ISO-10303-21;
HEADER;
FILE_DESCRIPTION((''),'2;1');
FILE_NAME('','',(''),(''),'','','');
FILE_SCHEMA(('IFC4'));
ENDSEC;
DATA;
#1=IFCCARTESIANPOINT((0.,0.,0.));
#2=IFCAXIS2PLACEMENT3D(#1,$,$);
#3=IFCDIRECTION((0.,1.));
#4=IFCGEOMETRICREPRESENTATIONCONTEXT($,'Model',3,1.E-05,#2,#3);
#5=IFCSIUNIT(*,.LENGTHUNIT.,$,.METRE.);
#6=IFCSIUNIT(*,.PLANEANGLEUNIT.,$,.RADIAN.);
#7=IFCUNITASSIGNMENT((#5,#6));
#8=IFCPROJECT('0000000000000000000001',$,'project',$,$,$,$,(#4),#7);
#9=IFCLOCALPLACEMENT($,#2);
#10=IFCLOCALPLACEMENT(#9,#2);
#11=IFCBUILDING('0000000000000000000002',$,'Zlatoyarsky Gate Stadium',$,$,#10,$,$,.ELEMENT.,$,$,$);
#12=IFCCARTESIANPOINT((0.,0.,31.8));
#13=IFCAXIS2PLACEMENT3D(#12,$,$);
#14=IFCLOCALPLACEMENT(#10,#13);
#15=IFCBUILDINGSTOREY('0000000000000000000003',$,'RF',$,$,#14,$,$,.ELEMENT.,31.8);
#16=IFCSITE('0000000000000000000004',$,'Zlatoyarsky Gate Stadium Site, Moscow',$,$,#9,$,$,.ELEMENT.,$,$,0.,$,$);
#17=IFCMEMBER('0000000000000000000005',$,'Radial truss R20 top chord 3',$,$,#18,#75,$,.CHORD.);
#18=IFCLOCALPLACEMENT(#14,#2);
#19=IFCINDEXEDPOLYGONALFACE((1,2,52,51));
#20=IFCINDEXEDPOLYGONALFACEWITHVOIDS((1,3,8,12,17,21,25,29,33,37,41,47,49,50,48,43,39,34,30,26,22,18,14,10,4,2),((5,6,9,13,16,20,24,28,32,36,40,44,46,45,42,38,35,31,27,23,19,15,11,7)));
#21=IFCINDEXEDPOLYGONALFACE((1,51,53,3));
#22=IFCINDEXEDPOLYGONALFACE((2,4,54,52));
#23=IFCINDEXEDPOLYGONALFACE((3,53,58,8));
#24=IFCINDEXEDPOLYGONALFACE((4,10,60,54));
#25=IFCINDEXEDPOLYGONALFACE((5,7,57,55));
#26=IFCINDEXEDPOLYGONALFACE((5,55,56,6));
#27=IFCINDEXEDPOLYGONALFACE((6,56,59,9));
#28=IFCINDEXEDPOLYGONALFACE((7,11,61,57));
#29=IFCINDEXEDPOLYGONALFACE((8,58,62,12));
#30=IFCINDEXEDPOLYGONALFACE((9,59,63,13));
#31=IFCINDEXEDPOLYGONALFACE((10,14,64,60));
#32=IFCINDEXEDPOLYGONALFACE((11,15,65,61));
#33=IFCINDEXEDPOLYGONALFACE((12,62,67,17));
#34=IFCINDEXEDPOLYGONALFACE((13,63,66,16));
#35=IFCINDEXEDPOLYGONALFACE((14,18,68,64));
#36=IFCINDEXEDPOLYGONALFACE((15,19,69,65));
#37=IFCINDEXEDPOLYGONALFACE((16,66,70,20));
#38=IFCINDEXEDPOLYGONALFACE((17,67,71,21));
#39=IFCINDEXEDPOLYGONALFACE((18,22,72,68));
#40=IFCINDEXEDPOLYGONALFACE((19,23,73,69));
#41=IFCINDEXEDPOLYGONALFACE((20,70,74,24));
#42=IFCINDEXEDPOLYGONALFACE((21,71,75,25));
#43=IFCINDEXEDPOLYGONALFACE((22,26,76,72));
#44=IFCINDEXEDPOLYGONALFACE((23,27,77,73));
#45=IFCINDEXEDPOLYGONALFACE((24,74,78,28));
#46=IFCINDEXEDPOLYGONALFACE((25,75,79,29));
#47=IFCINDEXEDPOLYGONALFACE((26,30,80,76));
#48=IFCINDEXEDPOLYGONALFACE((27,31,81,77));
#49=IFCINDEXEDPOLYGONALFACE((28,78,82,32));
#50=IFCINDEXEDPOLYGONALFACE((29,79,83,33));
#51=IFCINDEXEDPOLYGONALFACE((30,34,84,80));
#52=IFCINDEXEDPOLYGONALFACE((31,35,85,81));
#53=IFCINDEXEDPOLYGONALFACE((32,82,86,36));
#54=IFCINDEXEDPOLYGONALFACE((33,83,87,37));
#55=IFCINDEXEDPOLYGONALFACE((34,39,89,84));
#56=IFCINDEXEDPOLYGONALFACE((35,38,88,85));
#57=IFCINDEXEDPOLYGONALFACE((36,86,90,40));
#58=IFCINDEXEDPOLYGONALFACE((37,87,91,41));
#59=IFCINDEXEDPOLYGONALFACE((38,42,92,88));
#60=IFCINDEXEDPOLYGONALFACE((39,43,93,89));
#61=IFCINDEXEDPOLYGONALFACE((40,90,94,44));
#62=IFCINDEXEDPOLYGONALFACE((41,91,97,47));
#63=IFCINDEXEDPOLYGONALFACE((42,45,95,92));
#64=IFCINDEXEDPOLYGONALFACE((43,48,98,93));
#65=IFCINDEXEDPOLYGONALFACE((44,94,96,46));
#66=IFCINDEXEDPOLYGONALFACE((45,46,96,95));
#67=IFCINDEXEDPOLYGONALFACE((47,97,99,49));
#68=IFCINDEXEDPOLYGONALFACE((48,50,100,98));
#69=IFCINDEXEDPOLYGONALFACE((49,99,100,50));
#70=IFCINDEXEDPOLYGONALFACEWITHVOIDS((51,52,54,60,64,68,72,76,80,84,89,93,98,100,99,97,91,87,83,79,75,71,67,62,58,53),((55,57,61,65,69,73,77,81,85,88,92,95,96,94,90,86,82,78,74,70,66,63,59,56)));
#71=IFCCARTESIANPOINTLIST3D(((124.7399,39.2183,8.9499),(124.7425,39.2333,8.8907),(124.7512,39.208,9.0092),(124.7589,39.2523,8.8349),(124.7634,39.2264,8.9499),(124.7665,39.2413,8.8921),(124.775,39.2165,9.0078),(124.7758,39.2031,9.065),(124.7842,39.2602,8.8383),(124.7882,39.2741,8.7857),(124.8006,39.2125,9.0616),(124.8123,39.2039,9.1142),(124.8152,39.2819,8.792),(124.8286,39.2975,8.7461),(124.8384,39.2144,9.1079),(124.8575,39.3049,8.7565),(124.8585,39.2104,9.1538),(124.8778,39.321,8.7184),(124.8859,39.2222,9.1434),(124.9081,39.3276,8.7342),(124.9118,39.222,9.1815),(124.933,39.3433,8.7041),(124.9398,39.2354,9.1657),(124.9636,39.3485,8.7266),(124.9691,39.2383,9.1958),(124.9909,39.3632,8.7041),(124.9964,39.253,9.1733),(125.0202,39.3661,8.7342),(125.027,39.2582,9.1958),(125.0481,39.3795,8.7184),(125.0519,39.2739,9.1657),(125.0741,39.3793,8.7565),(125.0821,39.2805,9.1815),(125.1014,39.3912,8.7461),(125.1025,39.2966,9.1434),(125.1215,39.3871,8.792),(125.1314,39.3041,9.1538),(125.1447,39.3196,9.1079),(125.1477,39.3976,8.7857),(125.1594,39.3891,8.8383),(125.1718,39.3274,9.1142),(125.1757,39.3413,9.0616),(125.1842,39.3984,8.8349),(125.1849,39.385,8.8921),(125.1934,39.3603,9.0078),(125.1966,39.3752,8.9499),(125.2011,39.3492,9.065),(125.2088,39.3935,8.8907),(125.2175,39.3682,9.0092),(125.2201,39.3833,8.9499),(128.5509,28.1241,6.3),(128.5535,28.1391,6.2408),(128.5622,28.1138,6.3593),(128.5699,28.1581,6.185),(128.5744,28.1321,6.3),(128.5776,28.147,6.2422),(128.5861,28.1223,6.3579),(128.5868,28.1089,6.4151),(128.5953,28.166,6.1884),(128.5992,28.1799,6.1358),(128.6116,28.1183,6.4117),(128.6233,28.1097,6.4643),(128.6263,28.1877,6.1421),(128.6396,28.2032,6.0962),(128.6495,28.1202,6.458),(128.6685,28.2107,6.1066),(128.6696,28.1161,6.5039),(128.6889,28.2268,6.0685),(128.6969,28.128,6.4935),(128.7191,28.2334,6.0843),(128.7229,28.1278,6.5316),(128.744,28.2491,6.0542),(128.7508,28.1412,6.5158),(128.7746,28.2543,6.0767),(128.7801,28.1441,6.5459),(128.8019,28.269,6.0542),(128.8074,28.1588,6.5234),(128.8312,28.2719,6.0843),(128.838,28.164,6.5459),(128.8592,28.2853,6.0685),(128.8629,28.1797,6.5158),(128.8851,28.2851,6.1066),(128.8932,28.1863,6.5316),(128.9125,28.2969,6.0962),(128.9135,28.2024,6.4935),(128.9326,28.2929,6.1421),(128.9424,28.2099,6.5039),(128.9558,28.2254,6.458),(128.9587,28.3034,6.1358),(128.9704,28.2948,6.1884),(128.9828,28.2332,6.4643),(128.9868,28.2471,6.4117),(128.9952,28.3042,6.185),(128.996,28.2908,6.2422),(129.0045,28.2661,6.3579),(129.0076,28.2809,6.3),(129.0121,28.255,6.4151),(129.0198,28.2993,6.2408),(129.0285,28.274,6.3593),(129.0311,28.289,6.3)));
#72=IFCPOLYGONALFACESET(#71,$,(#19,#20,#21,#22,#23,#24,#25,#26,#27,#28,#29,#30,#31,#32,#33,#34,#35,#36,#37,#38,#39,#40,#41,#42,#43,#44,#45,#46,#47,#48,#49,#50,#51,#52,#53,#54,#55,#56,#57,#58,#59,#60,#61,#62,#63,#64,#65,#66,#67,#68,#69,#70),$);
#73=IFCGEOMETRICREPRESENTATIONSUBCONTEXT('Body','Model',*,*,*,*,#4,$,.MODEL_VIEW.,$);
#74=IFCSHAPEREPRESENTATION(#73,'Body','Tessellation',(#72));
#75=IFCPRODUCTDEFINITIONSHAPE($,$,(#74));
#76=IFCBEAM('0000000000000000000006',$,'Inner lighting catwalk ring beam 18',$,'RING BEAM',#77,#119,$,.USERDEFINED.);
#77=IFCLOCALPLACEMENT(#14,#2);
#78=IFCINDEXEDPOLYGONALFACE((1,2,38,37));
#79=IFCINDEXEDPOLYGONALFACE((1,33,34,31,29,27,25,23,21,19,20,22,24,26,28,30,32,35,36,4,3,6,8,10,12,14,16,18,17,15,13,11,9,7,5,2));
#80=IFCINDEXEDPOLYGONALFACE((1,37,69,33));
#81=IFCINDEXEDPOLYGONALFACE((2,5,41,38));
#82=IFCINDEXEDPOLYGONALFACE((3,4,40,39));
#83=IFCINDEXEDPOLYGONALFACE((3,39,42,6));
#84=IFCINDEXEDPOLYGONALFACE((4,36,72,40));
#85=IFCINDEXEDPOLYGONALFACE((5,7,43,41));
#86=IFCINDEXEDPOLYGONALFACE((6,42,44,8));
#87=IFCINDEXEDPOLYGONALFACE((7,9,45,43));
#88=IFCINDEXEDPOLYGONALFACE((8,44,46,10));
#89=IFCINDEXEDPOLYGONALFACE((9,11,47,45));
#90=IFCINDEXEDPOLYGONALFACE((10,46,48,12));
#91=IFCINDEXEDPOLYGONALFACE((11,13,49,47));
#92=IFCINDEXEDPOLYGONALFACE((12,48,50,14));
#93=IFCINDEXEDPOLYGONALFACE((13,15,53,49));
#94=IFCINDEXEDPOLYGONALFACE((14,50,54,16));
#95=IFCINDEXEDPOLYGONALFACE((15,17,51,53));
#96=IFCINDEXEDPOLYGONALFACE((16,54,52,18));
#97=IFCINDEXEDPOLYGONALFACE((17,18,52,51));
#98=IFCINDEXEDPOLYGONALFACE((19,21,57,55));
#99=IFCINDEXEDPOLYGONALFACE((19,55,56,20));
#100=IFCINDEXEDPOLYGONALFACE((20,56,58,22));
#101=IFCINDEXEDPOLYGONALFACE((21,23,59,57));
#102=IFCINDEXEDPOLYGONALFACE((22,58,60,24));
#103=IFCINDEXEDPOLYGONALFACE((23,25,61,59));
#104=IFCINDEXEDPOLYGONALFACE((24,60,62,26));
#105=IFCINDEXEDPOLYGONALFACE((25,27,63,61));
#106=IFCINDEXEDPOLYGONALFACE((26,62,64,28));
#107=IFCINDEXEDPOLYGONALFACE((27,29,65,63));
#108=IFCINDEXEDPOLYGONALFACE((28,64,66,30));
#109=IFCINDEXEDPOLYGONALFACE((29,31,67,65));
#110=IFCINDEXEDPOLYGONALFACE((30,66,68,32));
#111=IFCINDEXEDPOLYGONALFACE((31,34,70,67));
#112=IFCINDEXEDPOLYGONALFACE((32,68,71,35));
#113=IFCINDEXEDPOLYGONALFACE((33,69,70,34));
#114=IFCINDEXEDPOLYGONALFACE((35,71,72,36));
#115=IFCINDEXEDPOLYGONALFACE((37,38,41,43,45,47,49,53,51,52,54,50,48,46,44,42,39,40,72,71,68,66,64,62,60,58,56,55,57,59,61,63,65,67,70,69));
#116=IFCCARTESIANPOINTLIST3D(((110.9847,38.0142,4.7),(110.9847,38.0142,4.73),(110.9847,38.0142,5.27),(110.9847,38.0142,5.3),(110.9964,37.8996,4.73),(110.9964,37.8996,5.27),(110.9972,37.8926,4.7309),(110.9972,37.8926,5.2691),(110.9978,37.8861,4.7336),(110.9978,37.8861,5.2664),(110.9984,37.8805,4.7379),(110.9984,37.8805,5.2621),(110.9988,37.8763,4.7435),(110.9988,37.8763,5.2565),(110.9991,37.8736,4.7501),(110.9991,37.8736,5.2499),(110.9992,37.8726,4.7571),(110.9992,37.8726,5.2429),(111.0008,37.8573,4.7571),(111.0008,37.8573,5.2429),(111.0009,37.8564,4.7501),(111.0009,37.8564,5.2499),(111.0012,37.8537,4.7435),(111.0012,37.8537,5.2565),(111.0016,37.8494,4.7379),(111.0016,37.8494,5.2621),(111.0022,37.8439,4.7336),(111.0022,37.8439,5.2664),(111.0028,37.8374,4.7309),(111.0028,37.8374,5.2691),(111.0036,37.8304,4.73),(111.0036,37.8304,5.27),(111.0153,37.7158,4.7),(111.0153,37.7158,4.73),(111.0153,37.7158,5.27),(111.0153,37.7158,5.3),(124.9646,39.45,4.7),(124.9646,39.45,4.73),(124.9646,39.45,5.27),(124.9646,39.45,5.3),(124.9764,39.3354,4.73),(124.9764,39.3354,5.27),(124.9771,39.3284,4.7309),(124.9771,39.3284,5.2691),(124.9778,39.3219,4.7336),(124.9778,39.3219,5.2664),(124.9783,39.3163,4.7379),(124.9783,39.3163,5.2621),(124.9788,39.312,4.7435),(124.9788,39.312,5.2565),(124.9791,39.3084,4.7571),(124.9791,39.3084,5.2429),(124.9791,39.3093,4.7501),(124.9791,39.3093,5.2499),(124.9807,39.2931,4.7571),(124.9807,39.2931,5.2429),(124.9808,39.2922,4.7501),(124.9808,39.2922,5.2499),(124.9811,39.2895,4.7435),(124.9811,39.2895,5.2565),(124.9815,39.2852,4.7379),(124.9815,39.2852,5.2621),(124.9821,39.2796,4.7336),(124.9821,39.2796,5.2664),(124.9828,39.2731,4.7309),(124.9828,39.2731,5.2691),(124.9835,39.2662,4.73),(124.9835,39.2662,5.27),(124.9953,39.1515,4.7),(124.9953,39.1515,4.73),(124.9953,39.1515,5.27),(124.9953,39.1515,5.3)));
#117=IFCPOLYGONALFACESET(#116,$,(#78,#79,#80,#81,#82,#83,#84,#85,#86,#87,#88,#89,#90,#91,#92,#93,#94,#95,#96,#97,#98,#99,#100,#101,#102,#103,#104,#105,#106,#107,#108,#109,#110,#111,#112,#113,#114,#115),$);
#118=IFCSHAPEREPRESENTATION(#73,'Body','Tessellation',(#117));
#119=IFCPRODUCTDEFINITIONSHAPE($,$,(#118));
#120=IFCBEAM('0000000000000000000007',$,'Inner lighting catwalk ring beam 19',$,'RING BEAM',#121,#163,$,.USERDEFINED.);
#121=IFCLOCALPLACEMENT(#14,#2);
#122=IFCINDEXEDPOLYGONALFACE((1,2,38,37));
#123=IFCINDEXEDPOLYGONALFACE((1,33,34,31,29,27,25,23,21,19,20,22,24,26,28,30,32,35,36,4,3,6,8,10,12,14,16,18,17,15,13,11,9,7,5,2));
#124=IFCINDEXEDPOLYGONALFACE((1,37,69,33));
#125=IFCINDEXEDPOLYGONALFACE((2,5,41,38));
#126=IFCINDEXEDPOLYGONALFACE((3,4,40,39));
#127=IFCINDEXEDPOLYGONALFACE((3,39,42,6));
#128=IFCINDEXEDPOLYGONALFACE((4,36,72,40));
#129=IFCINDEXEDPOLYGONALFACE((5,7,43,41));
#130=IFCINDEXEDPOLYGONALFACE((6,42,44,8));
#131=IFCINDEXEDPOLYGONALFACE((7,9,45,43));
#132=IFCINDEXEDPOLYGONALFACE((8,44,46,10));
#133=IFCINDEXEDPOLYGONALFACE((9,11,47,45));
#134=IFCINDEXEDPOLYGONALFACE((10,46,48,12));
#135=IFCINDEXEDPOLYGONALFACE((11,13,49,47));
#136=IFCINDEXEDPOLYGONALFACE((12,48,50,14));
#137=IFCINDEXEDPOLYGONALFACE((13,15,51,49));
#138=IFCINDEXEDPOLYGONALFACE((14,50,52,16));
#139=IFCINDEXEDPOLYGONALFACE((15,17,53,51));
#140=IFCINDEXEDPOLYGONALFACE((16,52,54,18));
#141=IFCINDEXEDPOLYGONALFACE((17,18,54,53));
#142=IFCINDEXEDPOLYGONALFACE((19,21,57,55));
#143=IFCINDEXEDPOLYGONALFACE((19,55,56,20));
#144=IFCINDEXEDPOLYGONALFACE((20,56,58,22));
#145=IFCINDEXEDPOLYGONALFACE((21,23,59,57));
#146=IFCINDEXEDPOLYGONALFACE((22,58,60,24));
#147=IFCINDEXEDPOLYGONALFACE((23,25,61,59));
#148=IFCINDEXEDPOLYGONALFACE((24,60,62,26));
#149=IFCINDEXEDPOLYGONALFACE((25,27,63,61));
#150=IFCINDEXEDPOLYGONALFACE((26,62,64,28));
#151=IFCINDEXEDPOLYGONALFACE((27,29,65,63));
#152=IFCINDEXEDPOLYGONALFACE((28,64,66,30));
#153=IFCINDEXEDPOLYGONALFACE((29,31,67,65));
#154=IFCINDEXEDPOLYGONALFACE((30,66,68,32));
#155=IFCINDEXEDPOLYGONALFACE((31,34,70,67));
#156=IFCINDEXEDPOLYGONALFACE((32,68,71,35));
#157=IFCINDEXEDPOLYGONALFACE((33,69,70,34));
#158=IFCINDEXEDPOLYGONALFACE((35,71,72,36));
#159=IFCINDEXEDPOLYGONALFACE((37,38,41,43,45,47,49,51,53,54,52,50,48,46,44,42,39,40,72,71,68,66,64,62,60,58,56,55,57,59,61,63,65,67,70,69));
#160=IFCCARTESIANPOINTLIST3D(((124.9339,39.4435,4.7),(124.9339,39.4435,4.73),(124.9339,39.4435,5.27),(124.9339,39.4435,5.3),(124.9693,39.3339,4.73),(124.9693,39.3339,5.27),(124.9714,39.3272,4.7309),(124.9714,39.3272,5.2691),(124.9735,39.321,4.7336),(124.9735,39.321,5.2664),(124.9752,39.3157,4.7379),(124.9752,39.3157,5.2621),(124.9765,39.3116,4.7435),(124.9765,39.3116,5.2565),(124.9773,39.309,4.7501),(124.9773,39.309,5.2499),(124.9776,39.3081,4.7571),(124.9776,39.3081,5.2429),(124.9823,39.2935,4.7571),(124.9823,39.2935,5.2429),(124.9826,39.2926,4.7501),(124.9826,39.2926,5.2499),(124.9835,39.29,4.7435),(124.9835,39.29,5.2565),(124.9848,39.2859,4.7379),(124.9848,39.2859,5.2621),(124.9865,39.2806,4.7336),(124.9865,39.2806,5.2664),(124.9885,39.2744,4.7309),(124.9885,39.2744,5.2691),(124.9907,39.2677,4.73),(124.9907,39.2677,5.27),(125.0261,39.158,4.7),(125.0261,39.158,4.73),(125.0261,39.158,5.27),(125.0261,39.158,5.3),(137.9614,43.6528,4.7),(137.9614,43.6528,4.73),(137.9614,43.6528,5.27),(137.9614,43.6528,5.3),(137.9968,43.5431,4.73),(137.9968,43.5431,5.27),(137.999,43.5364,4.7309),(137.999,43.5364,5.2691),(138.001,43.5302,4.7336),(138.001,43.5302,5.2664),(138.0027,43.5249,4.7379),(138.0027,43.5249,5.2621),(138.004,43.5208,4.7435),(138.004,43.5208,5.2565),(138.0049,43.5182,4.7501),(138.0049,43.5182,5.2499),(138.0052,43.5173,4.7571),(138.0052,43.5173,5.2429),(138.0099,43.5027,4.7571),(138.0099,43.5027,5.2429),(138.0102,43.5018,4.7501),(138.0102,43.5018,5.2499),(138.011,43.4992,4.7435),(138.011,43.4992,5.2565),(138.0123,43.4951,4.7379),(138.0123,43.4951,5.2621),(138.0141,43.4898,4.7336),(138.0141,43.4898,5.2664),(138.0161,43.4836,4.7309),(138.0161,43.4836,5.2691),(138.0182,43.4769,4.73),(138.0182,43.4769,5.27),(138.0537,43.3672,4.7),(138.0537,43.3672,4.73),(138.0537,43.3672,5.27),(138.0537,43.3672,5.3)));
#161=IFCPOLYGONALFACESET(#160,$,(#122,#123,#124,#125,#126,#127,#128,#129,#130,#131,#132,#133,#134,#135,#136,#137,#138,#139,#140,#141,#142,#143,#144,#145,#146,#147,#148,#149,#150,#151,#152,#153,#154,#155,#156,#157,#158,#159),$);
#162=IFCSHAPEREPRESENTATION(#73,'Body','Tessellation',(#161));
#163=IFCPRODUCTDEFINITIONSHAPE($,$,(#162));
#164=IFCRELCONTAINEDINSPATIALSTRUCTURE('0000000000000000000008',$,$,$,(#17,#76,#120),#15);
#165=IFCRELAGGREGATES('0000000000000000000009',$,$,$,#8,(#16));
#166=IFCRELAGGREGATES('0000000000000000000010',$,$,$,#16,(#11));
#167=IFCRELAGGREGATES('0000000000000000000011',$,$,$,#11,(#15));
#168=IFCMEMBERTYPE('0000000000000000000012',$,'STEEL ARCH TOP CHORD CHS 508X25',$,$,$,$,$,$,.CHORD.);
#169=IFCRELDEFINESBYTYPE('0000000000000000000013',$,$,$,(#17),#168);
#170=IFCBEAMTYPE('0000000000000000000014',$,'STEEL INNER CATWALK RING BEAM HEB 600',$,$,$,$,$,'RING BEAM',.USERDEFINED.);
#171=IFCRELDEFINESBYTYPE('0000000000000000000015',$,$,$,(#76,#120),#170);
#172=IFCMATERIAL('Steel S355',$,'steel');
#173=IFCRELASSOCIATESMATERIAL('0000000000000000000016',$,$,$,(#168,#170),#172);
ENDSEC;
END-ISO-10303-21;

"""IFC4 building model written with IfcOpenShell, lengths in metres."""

from ifc_helpers import new_model, si_unit, direction, frame, origin, origin_2d, place, context, subcontext, project, spatial, hollow_circle, i_section, extrude, material, material_profile, profile_set, type_object, element, save


model = new_model("IFC4")

# Units and contexts
model_context = context("Model", 3, precision=1e-05, world=origin(), true_north=direction((0.0, 1.0)))
body_context = subcontext(model_context, "Body", "Model", "MODEL_VIEW")
ifc_project = project(units=[si_unit("LENGTHUNIT", "METRE"), si_unit("PLANEANGLEUNIT", "RADIAN")], contexts=[model_context])

# Site, building, storey
site_placement = place(None, origin())
site = spatial("IfcSite", under=ifc_project, at=site_placement, Name="Zlatoyarsky Gate Stadium Site, Moscow", CompositionType="ELEMENT", RefElevation=0.0)
building_placement = place(site_placement, origin())
building = spatial("IfcBuilding", under=site, at=building_placement, Name="Zlatoyarsky Gate Stadium", CompositionType="ELEMENT")
storey_placement = place(building_placement, frame((0.0, 0.0, 31.8)))
storey = spatial("IfcBuildingStorey", under=building, at=storey_placement, Name="RF", CompositionType="ELEMENT", Elevation=31.8)

# Member
ifc_material = material(Name="Steel S355", Category="steel")
ifc_material_profile_1 = material_profile(ifc_material, hollow_circle(Radius=0.2539, WallThickness=0.0249, at=origin_2d()), Name="CHS 508X25")
ifc_profile_set_1 = profile_set([ifc_material_profile_1], Name="Steel S355")
member_type_1 = type_object("IfcMemberType", Name="STEEL ARCH TOP CHORD CHS 508X25", PredefinedType="CHORD", material=ifc_profile_set_1)
member_1_placement = place(storey_placement, frame((128.791, 28.2065, 6.3), z_axis=(-0.316896, 0.92251, 0.220345), x_axis=(-0.945755, -0.324881, 0.0)))
element("IfcMember", 1, at=member_1_placement, inside=storey, type_object=member_type_1, Name="Radial truss R20 top chord 3", PredefinedType="CHORD", context=body_context, shape_type="SweptSolid", body=[
    extrude(hollow_circle(Radius=0.2539, WallThickness=0.0249, at=origin_2d()), origin(), (0.0, 0.0, 1.0), 12.0261),
])

# Beams
ifc_material_profile_2 = material_profile(ifc_material, i_section(OverallWidth=0.3, OverallDepth=0.6001, WebThickness=0.0154, FlangeThickness=0.03, FilletRadius=0.0271, at=origin_2d()), Name="HEB 600")
ifc_profile_set_2 = profile_set([ifc_material_profile_2], Name="Steel S355")
beam_type = type_object("IfcBeamType", Name="STEEL INNER CATWALK RING BEAM HEB 600", ElementType="RING BEAM", PredefinedType="USERDEFINED", material=ifc_profile_set_2)
beam_1_placement = place(storey_placement, frame((111.0, 37.865, 5.0), z_axis=(0.994767, 0.102166, 0.0), x_axis=(-0.102166, 0.994767, 0.0)))
element("IfcBeam", 2, at=beam_1_placement, inside=storey, type_object=beam_type, Name="Inner lighting catwalk ring beam 18", ObjectType="RING BEAM", PredefinedType="USERDEFINED", context=body_context, shape_type="SweptSolid", body=[
    extrude(i_section(OverallWidth=0.3, OverallDepth=0.6001, WebThickness=0.0154, FlangeThickness=0.03, FilletRadius=0.0271, at=origin_2d()), origin(), (0.0, 0.0, 1.0), 14.0535),
])
beam_2_placement = place(storey_placement, frame((124.98, 39.3008, 5.0), z_axis=(0.951564, 0.307451, 0.0), x_axis=(-0.307451, 0.951564, 0.0)))
element("IfcBeam", 3, at=beam_2_placement, inside=storey, type_object=beam_type, Name="Inner lighting catwalk ring beam 19", ObjectType="RING BEAM", PredefinedType="USERDEFINED", context=body_context, shape_type="SweptSolid", body=[
    extrude(i_section(OverallWidth=0.3, OverallDepth=0.6001, WebThickness=0.0154, FlangeThickness=0.03, FilletRadius=0.0271, at=origin_2d()), origin(), (0.0, 0.0, 1.0), 13.6907),
])

save(model, "model.ifc")
